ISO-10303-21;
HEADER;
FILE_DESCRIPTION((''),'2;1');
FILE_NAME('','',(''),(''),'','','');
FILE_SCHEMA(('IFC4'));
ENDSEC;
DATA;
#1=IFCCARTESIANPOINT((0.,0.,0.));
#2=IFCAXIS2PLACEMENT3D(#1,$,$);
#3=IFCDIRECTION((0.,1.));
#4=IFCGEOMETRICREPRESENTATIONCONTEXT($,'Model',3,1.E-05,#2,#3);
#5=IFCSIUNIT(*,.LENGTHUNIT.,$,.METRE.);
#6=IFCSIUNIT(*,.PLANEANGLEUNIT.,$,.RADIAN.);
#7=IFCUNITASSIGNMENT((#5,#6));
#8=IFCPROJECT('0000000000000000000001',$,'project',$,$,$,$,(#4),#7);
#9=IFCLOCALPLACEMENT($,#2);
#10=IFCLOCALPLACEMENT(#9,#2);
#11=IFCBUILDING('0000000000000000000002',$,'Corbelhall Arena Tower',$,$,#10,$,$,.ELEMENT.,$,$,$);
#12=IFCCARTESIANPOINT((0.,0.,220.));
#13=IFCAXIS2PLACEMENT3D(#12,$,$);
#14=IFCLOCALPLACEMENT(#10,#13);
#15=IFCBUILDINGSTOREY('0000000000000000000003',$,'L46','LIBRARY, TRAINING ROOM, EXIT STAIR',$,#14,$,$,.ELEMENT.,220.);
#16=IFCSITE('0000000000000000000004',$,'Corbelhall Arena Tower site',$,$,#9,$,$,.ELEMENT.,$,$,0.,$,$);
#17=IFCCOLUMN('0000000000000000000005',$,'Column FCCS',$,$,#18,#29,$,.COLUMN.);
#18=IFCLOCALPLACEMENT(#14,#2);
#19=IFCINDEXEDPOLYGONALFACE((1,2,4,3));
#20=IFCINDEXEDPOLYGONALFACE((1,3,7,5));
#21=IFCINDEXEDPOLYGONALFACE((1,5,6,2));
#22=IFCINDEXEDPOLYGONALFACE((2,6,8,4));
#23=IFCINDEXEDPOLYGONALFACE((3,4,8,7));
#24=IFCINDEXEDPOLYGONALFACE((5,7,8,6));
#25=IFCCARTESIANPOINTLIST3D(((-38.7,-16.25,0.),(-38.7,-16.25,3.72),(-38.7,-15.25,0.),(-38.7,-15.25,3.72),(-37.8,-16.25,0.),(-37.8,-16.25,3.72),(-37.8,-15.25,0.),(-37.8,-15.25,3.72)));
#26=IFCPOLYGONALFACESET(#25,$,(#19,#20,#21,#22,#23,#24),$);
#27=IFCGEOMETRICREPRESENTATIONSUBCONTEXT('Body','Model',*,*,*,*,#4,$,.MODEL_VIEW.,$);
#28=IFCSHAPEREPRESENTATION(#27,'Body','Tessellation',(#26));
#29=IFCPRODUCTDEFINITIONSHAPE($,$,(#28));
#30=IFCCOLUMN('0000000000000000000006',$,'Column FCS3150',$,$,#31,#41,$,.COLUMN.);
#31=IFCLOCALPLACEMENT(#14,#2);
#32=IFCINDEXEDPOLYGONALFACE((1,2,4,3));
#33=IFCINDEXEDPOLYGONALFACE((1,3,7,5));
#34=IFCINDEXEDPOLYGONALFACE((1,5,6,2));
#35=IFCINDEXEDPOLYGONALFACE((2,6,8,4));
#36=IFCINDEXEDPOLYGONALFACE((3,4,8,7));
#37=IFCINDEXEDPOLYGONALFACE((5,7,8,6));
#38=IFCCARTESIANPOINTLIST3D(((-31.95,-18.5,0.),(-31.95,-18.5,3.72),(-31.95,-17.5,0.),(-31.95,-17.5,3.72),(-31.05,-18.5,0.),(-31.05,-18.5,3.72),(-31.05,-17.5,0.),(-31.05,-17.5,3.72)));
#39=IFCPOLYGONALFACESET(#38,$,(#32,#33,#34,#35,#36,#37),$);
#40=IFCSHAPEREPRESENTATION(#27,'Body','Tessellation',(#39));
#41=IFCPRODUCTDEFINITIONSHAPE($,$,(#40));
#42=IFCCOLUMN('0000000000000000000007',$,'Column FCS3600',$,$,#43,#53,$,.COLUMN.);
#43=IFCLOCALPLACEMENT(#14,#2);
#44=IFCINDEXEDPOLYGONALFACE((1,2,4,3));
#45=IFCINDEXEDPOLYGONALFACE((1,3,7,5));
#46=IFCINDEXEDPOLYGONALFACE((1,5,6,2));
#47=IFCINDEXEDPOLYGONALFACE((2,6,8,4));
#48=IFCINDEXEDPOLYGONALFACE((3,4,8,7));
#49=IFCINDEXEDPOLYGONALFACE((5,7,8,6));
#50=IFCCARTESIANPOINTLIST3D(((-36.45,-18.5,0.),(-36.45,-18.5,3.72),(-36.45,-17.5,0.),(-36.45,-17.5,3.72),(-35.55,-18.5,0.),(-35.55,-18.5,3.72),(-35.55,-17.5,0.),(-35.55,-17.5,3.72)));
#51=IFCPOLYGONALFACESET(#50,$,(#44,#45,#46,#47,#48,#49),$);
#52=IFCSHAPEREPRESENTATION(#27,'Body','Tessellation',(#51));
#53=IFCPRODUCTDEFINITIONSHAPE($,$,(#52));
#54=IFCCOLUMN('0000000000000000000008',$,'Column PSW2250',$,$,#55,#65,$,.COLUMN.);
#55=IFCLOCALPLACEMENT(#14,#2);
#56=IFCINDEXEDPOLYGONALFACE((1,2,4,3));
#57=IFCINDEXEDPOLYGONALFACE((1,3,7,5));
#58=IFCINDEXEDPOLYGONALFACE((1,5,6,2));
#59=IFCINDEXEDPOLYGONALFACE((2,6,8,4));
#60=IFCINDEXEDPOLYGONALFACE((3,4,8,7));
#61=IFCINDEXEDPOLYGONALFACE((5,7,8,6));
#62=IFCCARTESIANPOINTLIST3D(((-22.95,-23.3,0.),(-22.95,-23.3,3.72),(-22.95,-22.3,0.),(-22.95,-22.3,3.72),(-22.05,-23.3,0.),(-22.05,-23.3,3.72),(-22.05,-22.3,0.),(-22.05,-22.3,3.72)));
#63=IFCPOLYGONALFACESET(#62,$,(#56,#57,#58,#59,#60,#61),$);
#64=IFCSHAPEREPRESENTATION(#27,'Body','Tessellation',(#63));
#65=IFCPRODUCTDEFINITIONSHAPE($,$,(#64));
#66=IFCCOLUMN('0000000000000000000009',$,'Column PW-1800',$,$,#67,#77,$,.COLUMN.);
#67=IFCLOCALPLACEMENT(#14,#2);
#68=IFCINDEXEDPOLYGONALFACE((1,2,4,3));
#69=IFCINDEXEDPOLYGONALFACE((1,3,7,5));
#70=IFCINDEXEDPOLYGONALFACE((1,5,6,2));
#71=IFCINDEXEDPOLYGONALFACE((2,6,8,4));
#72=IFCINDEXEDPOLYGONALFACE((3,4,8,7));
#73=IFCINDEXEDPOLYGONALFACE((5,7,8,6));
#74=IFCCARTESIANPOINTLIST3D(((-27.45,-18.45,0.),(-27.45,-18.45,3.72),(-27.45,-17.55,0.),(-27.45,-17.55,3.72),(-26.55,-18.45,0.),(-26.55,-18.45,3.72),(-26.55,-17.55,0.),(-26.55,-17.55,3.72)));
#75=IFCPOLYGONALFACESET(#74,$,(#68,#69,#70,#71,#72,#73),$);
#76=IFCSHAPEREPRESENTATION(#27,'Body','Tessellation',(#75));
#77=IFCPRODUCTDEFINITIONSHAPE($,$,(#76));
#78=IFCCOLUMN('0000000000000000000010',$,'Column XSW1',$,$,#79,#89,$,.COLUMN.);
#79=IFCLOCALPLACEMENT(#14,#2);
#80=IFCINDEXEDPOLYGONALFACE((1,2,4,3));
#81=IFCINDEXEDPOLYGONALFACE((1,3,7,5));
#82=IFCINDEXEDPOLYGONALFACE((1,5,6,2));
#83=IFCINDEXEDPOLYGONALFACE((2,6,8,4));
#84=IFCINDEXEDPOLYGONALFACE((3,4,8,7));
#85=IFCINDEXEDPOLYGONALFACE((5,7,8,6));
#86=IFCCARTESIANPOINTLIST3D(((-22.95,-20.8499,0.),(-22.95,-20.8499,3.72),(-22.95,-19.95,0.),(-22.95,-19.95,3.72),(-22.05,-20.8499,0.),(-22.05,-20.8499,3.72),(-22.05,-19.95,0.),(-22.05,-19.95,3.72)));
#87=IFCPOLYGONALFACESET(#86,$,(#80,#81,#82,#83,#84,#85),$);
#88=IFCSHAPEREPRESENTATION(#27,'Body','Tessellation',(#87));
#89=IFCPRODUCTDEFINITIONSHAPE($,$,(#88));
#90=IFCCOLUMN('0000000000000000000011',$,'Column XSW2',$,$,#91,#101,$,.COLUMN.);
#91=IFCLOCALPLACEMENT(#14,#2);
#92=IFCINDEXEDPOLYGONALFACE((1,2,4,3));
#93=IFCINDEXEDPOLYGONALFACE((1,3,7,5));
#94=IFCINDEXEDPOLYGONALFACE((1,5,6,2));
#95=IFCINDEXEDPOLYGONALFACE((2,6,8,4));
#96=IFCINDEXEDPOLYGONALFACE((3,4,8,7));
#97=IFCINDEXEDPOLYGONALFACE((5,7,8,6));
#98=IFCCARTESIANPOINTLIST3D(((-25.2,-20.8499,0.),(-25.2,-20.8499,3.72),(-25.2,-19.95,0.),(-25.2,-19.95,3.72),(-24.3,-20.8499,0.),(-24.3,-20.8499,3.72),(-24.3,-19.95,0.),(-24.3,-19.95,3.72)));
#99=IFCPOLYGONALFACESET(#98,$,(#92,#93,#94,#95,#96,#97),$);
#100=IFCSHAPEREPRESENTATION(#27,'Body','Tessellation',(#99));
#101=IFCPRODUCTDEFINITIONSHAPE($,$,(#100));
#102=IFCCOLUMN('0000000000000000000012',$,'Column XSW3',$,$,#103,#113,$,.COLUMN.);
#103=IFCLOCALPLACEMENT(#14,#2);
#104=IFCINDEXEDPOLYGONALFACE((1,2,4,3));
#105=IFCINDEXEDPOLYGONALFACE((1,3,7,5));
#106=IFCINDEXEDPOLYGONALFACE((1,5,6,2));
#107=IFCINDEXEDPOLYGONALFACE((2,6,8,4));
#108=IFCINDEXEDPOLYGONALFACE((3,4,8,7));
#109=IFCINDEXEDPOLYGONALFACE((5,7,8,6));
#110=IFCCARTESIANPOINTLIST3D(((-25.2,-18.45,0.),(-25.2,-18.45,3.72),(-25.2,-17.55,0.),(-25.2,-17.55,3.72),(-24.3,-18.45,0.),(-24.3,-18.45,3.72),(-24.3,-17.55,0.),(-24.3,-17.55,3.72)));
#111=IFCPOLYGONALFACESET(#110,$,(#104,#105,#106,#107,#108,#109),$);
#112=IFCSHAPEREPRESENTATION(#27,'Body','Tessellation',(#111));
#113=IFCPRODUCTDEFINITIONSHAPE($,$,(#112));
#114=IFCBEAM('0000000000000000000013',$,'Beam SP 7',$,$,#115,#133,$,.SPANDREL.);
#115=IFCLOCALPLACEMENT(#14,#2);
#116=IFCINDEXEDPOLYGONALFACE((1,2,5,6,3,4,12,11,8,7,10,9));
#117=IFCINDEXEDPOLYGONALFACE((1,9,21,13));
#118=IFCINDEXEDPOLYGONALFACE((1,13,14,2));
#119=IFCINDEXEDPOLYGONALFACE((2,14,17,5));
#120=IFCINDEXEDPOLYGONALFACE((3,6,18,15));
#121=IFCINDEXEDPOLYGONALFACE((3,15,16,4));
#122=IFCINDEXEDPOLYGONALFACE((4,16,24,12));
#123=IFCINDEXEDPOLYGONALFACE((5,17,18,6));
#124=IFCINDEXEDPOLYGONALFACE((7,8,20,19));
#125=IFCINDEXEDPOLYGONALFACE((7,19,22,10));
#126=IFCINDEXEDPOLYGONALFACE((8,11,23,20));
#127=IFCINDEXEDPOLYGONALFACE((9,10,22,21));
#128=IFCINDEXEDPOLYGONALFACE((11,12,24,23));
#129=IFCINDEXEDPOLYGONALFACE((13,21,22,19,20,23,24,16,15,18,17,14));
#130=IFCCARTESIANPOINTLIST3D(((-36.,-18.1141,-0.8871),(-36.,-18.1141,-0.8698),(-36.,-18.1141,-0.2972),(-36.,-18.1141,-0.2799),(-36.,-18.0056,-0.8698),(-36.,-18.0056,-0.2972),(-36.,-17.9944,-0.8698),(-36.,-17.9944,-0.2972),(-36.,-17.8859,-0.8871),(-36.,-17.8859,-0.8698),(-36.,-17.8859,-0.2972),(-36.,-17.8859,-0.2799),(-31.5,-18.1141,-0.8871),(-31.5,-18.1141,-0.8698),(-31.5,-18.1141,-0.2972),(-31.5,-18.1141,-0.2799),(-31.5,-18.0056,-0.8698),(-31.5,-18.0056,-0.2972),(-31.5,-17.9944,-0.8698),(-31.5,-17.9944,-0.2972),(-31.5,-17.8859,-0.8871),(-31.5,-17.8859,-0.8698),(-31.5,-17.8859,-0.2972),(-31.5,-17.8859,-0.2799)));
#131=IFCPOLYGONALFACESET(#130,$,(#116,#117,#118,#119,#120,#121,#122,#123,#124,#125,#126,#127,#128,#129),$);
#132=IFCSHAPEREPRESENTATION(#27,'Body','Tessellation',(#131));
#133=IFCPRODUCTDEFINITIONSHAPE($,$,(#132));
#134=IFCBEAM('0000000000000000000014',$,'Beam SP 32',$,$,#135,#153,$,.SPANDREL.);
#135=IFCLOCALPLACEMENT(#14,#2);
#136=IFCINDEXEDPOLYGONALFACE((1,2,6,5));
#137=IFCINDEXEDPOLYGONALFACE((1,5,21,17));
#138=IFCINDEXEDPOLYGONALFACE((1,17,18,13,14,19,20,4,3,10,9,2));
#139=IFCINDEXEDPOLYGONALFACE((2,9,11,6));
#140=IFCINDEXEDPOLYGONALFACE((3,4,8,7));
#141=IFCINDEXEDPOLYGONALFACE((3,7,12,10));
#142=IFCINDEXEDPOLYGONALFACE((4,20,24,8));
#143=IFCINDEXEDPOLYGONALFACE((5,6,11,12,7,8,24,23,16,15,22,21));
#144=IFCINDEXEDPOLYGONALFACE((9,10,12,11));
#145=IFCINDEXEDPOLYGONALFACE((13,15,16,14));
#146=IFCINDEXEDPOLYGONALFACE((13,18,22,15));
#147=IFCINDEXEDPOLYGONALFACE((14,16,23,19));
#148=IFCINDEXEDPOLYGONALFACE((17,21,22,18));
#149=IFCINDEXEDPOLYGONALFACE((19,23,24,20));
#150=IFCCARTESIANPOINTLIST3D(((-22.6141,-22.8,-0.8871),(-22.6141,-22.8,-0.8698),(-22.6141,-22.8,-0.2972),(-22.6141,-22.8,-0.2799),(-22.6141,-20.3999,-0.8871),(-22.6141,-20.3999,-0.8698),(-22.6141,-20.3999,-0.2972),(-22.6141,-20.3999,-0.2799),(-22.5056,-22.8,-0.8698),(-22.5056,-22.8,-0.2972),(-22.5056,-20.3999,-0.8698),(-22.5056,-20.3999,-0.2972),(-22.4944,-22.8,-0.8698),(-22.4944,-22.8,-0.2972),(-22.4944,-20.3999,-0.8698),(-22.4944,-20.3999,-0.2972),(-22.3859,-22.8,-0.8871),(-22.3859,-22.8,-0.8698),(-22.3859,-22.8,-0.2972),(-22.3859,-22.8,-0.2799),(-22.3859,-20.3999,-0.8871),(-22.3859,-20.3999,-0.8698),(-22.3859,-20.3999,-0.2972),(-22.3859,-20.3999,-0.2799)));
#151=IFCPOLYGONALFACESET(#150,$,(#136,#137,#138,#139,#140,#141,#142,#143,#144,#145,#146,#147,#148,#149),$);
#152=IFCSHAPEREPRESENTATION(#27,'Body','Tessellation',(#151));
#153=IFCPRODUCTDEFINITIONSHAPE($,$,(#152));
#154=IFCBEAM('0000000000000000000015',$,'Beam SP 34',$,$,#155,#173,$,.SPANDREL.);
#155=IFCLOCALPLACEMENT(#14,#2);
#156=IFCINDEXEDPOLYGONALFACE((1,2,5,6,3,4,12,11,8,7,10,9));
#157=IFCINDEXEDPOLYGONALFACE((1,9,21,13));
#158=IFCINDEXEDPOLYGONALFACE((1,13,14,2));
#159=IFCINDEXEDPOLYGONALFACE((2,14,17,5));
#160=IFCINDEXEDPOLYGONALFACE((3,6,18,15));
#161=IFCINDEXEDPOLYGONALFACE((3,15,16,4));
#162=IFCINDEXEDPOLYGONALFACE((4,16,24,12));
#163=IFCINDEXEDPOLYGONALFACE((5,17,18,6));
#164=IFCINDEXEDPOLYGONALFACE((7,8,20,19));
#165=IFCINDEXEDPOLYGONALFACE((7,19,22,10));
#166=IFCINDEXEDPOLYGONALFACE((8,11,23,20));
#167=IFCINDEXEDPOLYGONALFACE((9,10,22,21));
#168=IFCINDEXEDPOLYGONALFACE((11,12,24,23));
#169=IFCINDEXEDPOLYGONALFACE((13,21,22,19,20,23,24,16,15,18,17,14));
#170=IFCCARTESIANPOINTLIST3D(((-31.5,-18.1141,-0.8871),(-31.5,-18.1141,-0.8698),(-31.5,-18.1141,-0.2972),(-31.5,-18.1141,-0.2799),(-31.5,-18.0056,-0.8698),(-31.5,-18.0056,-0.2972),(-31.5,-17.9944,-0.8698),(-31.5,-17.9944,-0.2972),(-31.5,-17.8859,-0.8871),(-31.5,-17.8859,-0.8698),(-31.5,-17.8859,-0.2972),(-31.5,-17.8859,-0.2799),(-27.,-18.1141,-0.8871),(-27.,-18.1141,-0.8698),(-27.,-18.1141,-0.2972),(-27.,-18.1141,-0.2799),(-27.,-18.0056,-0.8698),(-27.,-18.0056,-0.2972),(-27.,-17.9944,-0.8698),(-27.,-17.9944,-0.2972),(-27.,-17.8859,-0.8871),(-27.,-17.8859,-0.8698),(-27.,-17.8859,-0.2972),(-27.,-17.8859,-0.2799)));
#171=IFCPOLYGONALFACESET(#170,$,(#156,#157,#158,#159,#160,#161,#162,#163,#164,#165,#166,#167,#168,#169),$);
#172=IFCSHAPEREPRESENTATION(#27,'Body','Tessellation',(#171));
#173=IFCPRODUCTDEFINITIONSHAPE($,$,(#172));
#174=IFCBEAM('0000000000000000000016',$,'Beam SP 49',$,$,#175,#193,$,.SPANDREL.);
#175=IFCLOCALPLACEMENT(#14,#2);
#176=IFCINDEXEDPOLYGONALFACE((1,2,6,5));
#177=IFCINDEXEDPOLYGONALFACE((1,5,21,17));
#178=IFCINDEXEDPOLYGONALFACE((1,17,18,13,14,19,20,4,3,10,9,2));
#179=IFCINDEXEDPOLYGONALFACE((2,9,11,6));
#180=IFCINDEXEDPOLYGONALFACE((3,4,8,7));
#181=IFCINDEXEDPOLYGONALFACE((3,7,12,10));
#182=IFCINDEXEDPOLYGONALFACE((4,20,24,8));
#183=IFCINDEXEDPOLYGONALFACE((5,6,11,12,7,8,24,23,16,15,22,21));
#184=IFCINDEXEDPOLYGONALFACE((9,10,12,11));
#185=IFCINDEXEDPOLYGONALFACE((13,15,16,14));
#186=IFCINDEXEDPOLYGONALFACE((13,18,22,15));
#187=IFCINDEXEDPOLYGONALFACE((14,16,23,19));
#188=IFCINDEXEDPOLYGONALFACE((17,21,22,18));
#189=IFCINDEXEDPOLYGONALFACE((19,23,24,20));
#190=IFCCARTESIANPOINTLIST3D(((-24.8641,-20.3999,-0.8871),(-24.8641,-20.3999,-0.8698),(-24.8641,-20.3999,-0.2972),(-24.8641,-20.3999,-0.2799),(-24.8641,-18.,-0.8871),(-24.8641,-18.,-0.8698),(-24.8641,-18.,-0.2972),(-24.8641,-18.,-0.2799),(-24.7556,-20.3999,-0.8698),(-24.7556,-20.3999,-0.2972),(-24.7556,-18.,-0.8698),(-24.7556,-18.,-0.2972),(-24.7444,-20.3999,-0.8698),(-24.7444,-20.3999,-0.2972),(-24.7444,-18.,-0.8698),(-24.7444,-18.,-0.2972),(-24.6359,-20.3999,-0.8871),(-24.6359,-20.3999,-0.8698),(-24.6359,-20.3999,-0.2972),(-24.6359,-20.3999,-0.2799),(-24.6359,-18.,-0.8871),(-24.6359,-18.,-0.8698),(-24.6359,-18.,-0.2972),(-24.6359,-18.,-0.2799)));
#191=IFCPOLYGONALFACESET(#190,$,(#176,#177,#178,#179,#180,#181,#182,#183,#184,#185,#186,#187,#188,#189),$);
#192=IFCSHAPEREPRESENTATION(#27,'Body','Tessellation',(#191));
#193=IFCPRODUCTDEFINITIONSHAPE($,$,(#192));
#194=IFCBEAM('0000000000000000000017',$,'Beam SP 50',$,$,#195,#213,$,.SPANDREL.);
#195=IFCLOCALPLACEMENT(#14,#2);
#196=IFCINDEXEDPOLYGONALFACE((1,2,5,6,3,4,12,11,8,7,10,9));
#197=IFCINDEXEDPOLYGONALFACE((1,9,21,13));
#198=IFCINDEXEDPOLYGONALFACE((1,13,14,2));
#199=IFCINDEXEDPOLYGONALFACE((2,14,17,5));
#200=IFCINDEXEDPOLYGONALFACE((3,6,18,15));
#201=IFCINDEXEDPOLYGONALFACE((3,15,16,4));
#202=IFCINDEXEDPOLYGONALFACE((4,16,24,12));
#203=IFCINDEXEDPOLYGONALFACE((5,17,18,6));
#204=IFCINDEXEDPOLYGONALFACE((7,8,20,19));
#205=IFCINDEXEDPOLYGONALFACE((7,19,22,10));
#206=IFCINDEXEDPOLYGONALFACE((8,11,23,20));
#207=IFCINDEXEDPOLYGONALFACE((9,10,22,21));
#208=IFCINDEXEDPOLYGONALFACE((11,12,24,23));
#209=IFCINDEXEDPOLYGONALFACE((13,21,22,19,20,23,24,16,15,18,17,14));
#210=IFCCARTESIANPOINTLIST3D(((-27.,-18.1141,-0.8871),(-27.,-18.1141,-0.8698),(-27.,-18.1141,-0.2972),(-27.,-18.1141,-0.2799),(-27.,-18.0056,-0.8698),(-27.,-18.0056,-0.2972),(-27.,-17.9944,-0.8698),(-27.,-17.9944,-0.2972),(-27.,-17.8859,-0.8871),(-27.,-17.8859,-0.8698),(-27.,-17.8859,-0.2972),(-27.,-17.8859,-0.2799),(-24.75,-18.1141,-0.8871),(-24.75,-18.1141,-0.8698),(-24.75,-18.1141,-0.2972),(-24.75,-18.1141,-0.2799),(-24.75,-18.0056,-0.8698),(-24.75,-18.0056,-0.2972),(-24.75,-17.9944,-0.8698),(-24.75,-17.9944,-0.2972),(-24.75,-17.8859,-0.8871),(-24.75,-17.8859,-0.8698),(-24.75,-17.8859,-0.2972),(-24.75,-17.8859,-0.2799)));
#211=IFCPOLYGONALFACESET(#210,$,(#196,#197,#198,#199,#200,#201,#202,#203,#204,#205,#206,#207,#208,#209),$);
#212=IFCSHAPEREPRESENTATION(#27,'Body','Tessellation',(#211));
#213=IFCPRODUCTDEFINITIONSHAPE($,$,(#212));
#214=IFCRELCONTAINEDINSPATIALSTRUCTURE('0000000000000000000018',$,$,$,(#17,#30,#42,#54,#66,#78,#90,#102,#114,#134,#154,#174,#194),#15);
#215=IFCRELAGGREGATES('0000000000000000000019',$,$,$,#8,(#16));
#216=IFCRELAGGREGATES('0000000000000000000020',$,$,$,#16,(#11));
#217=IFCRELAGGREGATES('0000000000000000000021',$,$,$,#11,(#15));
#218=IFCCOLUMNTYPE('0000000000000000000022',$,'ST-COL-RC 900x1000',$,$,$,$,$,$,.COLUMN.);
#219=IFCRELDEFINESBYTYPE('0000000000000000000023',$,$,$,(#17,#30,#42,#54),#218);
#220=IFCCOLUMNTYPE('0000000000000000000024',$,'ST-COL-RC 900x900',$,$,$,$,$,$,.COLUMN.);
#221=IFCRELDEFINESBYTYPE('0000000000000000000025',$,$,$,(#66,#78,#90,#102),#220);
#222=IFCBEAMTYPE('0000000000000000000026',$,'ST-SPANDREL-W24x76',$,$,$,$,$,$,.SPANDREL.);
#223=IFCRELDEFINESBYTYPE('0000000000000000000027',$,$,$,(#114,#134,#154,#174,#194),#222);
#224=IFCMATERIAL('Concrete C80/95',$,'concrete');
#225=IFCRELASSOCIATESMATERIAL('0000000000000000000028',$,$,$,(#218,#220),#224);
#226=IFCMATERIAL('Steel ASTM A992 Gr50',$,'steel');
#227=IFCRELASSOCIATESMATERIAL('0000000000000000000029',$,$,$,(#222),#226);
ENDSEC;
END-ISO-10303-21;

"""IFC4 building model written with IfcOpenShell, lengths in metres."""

from ifc_helpers import new_model, si_unit, direction, frame, origin, origin_2d, place, context, subcontext, project, spatial, rectangle, i_section, extrude, material, material_profile, profile_set, type_object, element, save


model = new_model("IFC4")

# Units and contexts
model_context = context("Model", 3, precision=1e-05, world=origin(), true_north=direction((0.0, 1.0)))
body_context = subcontext(model_context, "Body", "Model", "MODEL_VIEW")
ifc_project = project(units=[si_unit("LENGTHUNIT", "METRE"), si_unit("PLANEANGLEUNIT", "RADIAN")], contexts=[model_context])

# Site, building, storey
site_placement = place(None, origin())
site = spatial("IfcSite", under=ifc_project, at=site_placement, Name="Corbelhall Arena Tower site", CompositionType="ELEMENT", RefElevation=0.0)
building_placement = place(site_placement, origin())
building = spatial("IfcBuilding", under=site, at=building_placement, Name="Corbelhall Arena Tower", CompositionType="ELEMENT")
storey_placement = place(building_placement, frame((0.0, 0.0, 220.0)))
storey = spatial("IfcBuildingStorey", under=building, at=storey_placement, Name="L46", Description="LIBRARY, TRAINING ROOM, EXIT STAIR", CompositionType="ELEMENT", Elevation=220.0)

# Columns
ifc_material_1 = material(Name="Concrete C80/95", Category="concrete")
ifc_material_profile_1 = material_profile(ifc_material_1, rectangle(XDim=0.8999, YDim=1.0, at=origin_2d()))
ifc_profile_set_1 = profile_set([ifc_material_profile_1], Name="Concrete C80/95")
column_type_1 = type_object("IfcColumnType", Name="ST-COL-RC 900x1000", PredefinedType="COLUMN", material=ifc_profile_set_1)
for number, where, z_axis, x_axis, name in (
    (1, (-38.25, -15.75, 0.0), (0.0, 0.0, 1.0), (1.0, 0.0, 0.0), "Column FCCS"),
    (2, (-31.5, -18.0, 0.0), (0.0, 0.0, 1.0), (1.0, 0.0, 0.0), "Column FCS3150"),
    (3, (-36.0, -18.0, 0.0), (0.0, 0.0, 1.0), (1.0, 0.0, 0.0), "Column FCS3600"),
    (4, (-22.5, -22.8, 0.0), (0.0, 0.0, 1.0), (1.0, 0.0, 0.0), "Column PSW2250"),
):
    element("IfcColumn", number, at=place(storey_placement, frame(where, z_axis=z_axis, x_axis=x_axis)), inside=storey, type_object=column_type_1, Name=name, PredefinedType="COLUMN", context=body_context, shape_type="SweptSolid", body=[
        extrude(rectangle(XDim=0.8999, YDim=1.0, at=origin_2d()), origin(), (0.0, 0.0, 1.0), 3.72),
    ])
ifc_material_profile_2 = material_profile(ifc_material_1, rectangle(XDim=0.8999, YDim=0.8999, at=origin_2d()))
ifc_profile_set_2 = profile_set([ifc_material_profile_2], Name="Concrete C80/95")
column_type_2 = type_object("IfcColumnType", Name="ST-COL-RC 900x900", PredefinedType="COLUMN", material=ifc_profile_set_2)
for number, where, z_axis, x_axis, name in (
    (5, (-27.0, -18.0, 0.0), (0.0, 0.0, 1.0), (1.0, 0.0, 0.0), "Column PW-1800"),
    (6, (-22.5, -20.3999, 0.0), (0.0, 0.0, 1.0), (1.0, 0.0, 0.0), "Column XSW1"),
    (7, (-24.75, -20.3999, 0.0), (0.0, 0.0, 1.0), (1.0, 0.0, 0.0), "Column XSW2"),
    (8, (-24.75, -18.0, 0.0), (0.0, 0.0, 1.0), (1.0, 0.0, 0.0), "Column XSW3"),
):
    element("IfcColumn", number, at=place(storey_placement, frame(where, z_axis=z_axis, x_axis=x_axis)), inside=storey, type_object=column_type_2, Name=name, PredefinedType="COLUMN", context=body_context, shape_type="SweptSolid", body=[
        extrude(rectangle(XDim=0.8999, YDim=0.8999, at=origin_2d()), origin(), (0.0, 0.0, 1.0), 3.72),
    ])

# Beams
ifc_material_2 = material(Name="Steel ASTM A992 Gr50", Category="steel")
ifc_material_profile_3 = material_profile(ifc_material_2, i_section(OverallWidth=0.2283, OverallDepth=0.6072, WebThickness=0.0112, FlangeThickness=0.0173, at=origin_2d()))
ifc_profile_set_3 = profile_set([ifc_material_profile_3], Name="Steel ASTM A992 Gr50")
beam_type = type_object("IfcBeamType", Name="ST-SPANDREL-W24x76", PredefinedType="SPANDREL", material=ifc_profile_set_3)
beam_1_placement = place(storey_placement, frame((-31.5, -18.0, -0.5835), z_axis=(-1.0, 0.0, 0.0), x_axis=(0.0, -1.0, 0.0)))
element("IfcBeam", 9, at=beam_1_placement, inside=storey, type_object=beam_type, Name="Beam SP 7", PredefinedType="SPANDREL", context=body_context, shape_type="SweptSolid", body=[
    extrude(i_section(OverallWidth=0.2283, OverallDepth=0.6072, WebThickness=0.0112, FlangeThickness=0.0173, at=origin_2d()), origin(), (0.0, 0.0, 1.0), 4.5),
])
beam_2_placement = place(storey_placement, frame((-22.5, -22.8, -0.5835), z_axis=(0.0, 1.0, 0.0), x_axis=(-1.0, 0.0, 0.0)))
element("IfcBeam", 10, at=beam_2_placement, inside=storey, type_object=beam_type, Name="Beam SP 32", PredefinedType="SPANDREL", context=body_context, shape_type="SweptSolid", body=[
    extrude(i_section(OverallWidth=0.2283, OverallDepth=0.6072, WebThickness=0.0112, FlangeThickness=0.0173, at=origin_2d()), origin(), (0.0, 0.0, 1.0), 2.4001),
])
beam_3_placement = place(storey_placement, frame((-27.0, -18.0, -0.5835), z_axis=(-1.0, 0.0, 0.0), x_axis=(0.0, -1.0, 0.0)))
element("IfcBeam", 11, at=beam_3_placement, inside=storey, type_object=beam_type, Name="Beam SP 34", PredefinedType="SPANDREL", context=body_context, shape_type="SweptSolid", body=[
    extrude(i_section(OverallWidth=0.2283, OverallDepth=0.6072, WebThickness=0.0112, FlangeThickness=0.0173, at=origin_2d()), origin(), (0.0, 0.0, 1.0), 4.5),
])
beam_4_placement = place(storey_placement, frame((-24.75, -20.3999, -0.5835), z_axis=(0.0, 1.0, 0.0), x_axis=(-1.0, 0.0, 0.0)))
element("IfcBeam", 12, at=beam_4_placement, inside=storey, type_object=beam_type, Name="Beam SP 49", PredefinedType="SPANDREL", context=body_context, shape_type="SweptSolid", body=[
    extrude(i_section(OverallWidth=0.2283, OverallDepth=0.6072, WebThickness=0.0112, FlangeThickness=0.0173, at=origin_2d()), origin(), (0.0, 0.0, 1.0), 2.3999),
])
beam_5_placement = place(storey_placement, frame((-24.75, -18.0, -0.5835), z_axis=(-1.0, 0.0, 0.0), x_axis=(0.0, -1.0, 0.0)))
element("IfcBeam", 13, at=beam_5_placement, inside=storey, type_object=beam_type, Name="Beam SP 50", PredefinedType="SPANDREL", context=body_context, shape_type="SweptSolid", body=[
    extrude(i_section(OverallWidth=0.2283, OverallDepth=0.6072, WebThickness=0.0112, FlangeThickness=0.0173, at=origin_2d()), origin(), (0.0, 0.0, 1.0), 2.25),
])

save(model, "model.ifc")
